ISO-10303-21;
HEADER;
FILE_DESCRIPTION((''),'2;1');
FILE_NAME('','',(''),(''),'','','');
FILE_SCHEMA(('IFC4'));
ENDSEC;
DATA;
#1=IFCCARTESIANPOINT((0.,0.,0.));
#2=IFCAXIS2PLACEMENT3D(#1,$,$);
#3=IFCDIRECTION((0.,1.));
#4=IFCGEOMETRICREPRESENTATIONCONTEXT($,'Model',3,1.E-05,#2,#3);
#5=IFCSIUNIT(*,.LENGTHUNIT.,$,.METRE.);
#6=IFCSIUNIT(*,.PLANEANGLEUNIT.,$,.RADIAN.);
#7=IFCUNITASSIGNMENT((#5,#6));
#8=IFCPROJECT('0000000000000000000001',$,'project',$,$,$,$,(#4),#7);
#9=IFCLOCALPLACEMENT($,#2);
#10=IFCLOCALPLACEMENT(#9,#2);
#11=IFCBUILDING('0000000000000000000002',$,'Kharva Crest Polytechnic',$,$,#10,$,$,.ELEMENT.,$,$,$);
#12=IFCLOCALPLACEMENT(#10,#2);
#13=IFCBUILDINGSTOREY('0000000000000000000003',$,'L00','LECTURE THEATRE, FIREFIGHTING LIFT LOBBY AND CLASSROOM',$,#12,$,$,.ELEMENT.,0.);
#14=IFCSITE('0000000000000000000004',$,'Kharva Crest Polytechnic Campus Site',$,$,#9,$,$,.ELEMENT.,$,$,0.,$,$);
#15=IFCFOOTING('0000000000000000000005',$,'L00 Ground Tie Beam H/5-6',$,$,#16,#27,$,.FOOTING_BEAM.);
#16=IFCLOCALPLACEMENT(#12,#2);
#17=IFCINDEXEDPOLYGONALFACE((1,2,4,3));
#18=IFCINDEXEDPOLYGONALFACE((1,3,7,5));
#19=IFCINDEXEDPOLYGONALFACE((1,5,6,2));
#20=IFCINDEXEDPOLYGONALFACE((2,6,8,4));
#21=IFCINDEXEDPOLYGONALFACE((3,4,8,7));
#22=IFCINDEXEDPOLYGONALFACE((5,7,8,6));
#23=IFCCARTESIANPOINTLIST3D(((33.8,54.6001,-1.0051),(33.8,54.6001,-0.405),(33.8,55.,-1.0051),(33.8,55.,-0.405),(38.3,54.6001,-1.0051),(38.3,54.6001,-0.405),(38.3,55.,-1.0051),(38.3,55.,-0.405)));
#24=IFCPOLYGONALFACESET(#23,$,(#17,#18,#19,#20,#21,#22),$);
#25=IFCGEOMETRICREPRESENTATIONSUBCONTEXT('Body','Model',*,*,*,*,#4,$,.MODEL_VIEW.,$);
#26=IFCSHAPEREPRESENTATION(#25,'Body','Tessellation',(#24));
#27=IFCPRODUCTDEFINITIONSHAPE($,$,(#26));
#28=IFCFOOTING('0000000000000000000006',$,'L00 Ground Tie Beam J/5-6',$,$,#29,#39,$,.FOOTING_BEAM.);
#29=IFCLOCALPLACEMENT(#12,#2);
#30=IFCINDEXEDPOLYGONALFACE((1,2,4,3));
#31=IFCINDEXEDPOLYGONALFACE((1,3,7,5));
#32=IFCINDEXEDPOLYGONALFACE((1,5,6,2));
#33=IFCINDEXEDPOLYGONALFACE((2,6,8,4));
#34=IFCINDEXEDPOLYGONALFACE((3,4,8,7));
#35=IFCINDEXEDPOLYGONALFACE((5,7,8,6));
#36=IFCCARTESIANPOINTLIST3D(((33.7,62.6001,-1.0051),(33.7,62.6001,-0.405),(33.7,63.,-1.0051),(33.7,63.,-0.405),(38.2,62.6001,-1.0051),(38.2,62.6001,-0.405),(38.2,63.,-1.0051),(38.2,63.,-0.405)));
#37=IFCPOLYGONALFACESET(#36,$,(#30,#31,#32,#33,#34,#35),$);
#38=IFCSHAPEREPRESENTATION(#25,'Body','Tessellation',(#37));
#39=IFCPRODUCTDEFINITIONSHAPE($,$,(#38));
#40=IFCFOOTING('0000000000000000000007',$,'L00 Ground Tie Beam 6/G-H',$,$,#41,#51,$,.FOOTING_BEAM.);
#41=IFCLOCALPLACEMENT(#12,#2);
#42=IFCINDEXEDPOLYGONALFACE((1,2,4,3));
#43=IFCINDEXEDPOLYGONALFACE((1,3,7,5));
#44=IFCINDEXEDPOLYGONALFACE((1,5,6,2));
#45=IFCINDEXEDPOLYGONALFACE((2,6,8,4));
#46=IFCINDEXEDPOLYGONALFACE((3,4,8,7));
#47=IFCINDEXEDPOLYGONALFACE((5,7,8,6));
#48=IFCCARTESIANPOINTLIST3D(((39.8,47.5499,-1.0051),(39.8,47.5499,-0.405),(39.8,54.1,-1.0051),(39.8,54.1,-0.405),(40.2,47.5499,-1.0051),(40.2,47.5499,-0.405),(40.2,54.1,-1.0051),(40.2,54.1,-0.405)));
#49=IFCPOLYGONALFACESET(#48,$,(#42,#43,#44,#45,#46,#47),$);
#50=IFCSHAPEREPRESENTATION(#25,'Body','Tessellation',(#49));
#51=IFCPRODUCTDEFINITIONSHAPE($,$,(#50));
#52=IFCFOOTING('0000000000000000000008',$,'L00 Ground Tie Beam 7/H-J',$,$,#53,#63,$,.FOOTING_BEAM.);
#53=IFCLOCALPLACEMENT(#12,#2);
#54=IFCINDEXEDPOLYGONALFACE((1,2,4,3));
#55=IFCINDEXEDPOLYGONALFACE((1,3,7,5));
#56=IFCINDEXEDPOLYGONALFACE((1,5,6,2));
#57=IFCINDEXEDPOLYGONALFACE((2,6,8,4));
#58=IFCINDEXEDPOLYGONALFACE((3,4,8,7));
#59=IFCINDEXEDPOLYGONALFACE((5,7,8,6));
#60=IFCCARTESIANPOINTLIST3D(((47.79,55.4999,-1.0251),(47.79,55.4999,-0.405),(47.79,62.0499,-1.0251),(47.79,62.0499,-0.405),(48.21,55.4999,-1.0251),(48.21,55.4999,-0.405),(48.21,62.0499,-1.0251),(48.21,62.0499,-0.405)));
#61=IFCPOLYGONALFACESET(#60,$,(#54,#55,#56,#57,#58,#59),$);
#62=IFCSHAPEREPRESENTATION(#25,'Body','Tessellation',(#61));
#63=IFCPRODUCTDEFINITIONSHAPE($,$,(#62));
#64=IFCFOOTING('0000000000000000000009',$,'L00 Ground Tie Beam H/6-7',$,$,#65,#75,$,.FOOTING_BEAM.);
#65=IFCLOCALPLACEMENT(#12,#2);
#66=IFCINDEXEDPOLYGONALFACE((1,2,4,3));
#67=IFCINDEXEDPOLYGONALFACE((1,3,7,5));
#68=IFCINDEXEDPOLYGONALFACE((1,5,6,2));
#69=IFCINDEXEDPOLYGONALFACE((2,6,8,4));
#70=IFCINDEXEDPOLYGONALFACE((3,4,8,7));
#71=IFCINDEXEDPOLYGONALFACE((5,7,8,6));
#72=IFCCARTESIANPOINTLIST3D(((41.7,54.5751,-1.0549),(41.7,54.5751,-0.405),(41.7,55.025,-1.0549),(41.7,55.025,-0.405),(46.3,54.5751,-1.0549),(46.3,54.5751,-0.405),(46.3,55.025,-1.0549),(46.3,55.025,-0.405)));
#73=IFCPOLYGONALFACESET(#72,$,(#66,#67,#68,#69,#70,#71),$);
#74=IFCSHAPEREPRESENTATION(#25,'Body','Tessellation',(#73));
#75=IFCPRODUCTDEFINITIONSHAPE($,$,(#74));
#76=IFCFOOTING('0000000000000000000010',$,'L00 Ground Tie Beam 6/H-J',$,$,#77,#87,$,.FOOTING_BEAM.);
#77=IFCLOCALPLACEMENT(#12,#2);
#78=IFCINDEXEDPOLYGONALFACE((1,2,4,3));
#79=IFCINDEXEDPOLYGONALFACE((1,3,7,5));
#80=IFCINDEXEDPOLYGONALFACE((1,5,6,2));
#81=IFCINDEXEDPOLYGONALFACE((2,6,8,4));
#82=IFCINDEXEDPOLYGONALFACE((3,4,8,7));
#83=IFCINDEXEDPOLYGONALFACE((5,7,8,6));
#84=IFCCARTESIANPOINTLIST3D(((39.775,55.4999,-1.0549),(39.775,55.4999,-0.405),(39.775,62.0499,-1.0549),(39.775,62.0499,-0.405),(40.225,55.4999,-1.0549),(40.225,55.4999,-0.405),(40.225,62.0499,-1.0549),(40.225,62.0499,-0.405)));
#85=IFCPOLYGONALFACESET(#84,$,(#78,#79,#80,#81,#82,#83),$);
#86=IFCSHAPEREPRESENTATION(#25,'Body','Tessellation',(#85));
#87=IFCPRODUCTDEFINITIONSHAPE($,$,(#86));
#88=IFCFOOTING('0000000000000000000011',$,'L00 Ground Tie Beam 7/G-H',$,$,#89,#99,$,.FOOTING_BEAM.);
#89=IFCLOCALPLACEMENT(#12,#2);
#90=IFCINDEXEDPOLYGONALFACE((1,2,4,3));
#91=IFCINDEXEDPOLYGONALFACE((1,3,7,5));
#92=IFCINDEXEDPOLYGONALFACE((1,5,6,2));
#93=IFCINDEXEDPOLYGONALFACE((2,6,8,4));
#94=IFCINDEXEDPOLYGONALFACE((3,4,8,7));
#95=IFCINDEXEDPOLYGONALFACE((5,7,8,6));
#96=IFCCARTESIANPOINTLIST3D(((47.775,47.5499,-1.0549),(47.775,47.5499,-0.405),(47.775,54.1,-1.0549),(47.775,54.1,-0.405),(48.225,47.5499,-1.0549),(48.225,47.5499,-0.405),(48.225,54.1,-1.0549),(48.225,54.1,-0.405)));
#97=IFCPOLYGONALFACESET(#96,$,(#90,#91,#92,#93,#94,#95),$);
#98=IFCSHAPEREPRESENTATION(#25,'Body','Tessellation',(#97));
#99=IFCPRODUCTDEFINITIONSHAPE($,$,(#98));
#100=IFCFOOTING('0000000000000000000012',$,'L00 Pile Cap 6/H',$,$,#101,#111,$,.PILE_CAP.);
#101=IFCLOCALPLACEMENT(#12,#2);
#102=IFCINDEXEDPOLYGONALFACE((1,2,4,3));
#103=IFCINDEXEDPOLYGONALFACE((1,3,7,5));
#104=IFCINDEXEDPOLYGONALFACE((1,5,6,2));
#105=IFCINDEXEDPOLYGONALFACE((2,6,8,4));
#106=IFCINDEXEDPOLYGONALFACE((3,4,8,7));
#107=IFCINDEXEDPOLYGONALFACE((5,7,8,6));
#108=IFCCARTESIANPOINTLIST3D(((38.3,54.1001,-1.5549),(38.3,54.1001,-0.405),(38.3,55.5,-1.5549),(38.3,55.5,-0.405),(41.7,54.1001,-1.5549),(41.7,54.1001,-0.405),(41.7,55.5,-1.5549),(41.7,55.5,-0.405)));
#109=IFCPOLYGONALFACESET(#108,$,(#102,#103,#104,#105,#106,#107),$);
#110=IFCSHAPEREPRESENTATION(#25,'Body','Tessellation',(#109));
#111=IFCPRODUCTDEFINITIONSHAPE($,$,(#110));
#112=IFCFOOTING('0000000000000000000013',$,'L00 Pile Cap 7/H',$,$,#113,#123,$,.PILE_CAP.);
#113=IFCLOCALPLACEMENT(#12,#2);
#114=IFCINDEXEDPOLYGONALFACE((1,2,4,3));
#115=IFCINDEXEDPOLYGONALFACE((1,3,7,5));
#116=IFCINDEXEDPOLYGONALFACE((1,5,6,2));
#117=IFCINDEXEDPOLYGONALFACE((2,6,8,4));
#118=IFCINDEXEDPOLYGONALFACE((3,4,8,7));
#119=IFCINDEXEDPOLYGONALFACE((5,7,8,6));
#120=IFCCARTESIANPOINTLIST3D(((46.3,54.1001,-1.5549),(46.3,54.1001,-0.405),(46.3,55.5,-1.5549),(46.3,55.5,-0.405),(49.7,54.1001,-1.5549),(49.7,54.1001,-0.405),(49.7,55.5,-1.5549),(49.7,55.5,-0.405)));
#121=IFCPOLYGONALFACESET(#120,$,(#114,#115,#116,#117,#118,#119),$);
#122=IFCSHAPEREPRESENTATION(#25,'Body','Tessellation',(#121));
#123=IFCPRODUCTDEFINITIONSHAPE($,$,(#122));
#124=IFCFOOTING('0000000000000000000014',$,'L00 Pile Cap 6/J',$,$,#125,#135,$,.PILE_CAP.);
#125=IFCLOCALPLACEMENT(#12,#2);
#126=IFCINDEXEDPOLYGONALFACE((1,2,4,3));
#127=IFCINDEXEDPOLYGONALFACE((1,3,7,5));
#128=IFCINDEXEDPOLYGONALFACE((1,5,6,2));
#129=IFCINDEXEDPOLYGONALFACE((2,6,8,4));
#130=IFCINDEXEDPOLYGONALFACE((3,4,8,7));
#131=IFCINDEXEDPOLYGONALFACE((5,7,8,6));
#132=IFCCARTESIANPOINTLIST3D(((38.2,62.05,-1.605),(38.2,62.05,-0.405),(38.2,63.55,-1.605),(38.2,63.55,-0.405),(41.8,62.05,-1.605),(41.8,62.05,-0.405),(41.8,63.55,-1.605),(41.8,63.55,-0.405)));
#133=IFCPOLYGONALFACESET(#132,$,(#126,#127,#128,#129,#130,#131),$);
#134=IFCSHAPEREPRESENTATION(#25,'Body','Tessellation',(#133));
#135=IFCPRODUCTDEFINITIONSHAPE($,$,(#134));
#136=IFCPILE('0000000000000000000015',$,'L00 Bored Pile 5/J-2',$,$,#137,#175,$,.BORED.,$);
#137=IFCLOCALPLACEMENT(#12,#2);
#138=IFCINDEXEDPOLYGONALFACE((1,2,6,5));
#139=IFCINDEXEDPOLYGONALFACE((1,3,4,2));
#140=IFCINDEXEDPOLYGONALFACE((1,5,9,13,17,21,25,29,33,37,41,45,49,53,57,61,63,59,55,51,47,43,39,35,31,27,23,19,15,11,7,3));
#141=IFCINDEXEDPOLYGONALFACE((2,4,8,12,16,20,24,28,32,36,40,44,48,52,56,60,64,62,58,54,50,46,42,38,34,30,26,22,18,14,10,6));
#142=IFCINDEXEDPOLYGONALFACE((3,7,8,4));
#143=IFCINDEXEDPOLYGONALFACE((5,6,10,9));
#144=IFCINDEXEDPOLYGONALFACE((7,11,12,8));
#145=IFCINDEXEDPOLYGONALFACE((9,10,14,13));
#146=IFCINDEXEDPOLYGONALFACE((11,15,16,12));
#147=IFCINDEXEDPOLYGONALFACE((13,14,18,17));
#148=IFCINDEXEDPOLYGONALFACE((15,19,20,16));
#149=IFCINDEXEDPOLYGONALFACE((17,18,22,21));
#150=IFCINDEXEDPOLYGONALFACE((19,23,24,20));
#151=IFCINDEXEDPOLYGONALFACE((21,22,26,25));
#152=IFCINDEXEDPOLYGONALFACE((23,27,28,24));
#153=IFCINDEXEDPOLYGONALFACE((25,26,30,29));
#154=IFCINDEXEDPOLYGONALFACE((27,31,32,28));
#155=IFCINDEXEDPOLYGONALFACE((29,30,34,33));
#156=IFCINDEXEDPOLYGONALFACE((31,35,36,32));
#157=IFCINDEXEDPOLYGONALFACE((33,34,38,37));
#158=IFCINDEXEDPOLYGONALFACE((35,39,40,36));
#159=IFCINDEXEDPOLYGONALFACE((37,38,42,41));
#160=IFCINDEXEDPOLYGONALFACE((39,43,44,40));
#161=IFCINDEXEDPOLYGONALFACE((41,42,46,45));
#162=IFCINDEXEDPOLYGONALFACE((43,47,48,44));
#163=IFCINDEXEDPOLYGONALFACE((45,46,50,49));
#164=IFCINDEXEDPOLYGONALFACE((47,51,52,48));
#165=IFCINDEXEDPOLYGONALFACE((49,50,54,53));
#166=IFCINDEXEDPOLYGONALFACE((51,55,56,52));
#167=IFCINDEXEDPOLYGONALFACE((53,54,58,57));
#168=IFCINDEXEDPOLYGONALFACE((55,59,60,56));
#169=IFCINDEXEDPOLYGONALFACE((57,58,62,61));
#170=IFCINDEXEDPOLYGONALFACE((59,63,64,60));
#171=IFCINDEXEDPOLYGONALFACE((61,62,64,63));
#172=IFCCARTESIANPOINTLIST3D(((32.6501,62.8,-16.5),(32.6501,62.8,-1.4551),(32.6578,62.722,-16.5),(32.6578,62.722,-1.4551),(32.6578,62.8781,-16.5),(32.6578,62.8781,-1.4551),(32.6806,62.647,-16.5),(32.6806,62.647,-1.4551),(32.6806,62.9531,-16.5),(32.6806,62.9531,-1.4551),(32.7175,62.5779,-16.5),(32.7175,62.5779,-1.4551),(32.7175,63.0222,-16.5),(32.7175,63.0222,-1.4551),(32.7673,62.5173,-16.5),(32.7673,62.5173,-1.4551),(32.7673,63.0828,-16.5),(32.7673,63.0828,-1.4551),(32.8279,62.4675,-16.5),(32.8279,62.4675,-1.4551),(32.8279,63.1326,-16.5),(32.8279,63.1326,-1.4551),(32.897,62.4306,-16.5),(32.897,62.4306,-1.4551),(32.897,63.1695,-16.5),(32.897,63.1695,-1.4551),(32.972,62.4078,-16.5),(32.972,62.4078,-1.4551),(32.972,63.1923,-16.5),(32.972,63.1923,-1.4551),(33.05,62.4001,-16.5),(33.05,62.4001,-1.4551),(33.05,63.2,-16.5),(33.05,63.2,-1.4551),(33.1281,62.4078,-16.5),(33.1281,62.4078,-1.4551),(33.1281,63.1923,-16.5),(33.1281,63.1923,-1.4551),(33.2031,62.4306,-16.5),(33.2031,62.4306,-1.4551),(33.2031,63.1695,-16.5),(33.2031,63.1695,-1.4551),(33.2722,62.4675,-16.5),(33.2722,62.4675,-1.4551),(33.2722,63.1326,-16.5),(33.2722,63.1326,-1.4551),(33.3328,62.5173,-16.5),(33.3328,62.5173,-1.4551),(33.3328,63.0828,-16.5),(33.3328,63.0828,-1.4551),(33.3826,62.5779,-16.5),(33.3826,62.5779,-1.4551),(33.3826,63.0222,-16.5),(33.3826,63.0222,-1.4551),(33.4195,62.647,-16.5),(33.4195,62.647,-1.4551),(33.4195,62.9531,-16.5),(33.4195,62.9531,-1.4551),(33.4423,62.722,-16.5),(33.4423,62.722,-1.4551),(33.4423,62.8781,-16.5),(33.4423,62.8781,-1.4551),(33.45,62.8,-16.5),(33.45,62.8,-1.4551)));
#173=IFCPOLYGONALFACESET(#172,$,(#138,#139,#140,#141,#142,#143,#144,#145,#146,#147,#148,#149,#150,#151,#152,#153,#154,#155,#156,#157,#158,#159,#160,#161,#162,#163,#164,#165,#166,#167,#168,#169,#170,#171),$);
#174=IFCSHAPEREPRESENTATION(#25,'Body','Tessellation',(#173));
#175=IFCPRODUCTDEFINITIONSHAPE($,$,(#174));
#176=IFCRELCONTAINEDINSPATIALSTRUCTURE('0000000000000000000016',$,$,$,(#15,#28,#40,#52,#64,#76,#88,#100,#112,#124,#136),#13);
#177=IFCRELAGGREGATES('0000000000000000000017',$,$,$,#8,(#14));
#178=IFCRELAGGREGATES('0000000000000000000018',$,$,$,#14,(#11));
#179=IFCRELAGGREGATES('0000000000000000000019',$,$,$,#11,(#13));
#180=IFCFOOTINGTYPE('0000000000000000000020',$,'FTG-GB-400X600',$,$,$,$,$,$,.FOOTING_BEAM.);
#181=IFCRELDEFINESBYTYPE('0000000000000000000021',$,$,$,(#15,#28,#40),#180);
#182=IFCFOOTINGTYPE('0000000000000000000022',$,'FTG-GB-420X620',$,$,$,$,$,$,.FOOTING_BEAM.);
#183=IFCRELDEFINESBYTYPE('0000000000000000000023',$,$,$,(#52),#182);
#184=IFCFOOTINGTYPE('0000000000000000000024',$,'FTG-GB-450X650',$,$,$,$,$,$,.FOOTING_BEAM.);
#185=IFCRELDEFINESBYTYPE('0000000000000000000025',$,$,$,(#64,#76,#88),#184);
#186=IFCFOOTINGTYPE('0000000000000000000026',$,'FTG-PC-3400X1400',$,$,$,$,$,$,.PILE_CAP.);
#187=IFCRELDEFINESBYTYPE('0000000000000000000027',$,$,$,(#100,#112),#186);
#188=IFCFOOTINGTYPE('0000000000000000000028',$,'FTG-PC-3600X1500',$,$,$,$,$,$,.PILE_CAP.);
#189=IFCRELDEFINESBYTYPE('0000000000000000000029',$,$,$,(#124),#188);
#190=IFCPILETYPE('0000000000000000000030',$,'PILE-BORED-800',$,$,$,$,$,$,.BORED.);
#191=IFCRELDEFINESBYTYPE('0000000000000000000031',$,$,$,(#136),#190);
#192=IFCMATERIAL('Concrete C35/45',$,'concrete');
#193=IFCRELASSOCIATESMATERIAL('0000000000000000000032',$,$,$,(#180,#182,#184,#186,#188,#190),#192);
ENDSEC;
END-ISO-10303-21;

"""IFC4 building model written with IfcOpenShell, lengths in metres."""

from ifc_helpers import new_model, si_unit, direction, frame, origin, origin_2d, place, context, subcontext, project, spatial, rectangle, circle, extrude, material, material_profile, profile_set, type_object, element, save


model = new_model("IFC4")

# Units and contexts
model_context = context("Model", 3, precision=1e-05, world=origin(), true_north=direction((0.0, 1.0)))
body_context = subcontext(model_context, "Body", "Model", "MODEL_VIEW")
ifc_project = project(units=[si_unit("LENGTHUNIT", "METRE"), si_unit("PLANEANGLEUNIT", "RADIAN")], contexts=[model_context])

# Site, building, storey
site_placement = place(None, origin())
site = spatial("IfcSite", under=ifc_project, at=site_placement, Name="Kharva Crest Polytechnic Campus Site", CompositionType="ELEMENT", RefElevation=0.0)
building_placement = place(site_placement, origin())
building = spatial("IfcBuilding", under=site, at=building_placement, Name="Kharva Crest Polytechnic", CompositionType="ELEMENT")
storey_placement = place(building_placement, origin())
storey = spatial("IfcBuildingStorey", under=building, at=storey_placement, Name="L00", Description="LECTURE THEATRE, FIREFIGHTING LIFT LOBBY AND CLASSROOM", CompositionType="ELEMENT", Elevation=0.0)

# Footings
ifc_material_1 = material(Name="Concrete C35/45", Category="concrete")
footing_type_1 = type_object("IfcFootingType", Name="FTG-GB-400X600", PredefinedType="FOOTING_BEAM", material=ifc_material_1)
for number, where, z_axis, x_axis, name in (
    (1, (36.05, 54.8, -1.0051), (0.0, 0.0, 1.0), (1.0, 0.0, 0.0), "L00 Ground Tie Beam H/5-6"),
    (2, (35.95, 62.8, -1.0051), (0.0, 0.0, 1.0), (1.0, 0.0, 0.0), "L00 Ground Tie Beam J/5-6"),
):
    element("IfcFooting", number, at=place(storey_placement, frame(where, z_axis=z_axis, x_axis=x_axis)), inside=storey, type_object=footing_type_1, Name=name, PredefinedType="FOOTING_BEAM", context=body_context, shape_type="SweptSolid", body=[
        extrude(rectangle(XDim=4.5, YDim=0.3999, at=origin_2d()), origin(), (0.0, 0.0, 1.0), 0.6001),
    ])
footing_1_placement = place(storey_placement, frame((40.0, 50.825, -1.0051), z_axis=(0.0, 0.0, 1.0), x_axis=(0.0, 1.0, 0.0)))
element("IfcFooting", 3, at=footing_1_placement, inside=storey, type_object=footing_type_1, Name="L00 Ground Tie Beam 6/G-H", PredefinedType="FOOTING_BEAM", context=body_context, shape_type="SweptSolid", body=[
    extrude(rectangle(XDim=6.55, YDim=0.3999, at=origin_2d()), origin(), (0.0, 0.0, 1.0), 0.6001),
])
footing_type_2 = type_object("IfcFootingType", Name="FTG-GB-420X620", PredefinedType="FOOTING_BEAM", material=ifc_material_1)
footing_2_placement = place(storey_placement, frame((48.0, 58.7749, -1.0251), z_axis=(0.0, 0.0, 1.0), x_axis=(0.0, 1.0, 0.0)))
element("IfcFooting", 4, at=footing_2_placement, inside=storey, type_object=footing_type_2, Name="L00 Ground Tie Beam 7/H-J", PredefinedType="FOOTING_BEAM", context=body_context, shape_type="SweptSolid", body=[
    extrude(rectangle(XDim=6.55, YDim=0.4199, at=origin_2d()), origin(), (0.0, 0.0, 1.0), 0.6201),
])
footing_type_3 = type_object("IfcFootingType", Name="FTG-GB-450X650", PredefinedType="FOOTING_BEAM", material=ifc_material_1)
footing_3_placement = place(storey_placement, frame((44.0, 54.8, -1.0549), z_axis=(0.0, 0.0, 1.0), x_axis=(1.0, 0.0, 0.0)))
element("IfcFooting", 5, at=footing_3_placement, inside=storey, type_object=footing_type_3, Name="L00 Ground Tie Beam H/6-7", PredefinedType="FOOTING_BEAM", context=body_context, shape_type="SweptSolid", body=[
    extrude(rectangle(XDim=4.6001, YDim=0.45, at=origin_2d()), origin(), (0.0, 0.0, 1.0), 0.6499),
])
for number, where, z_axis, x_axis, name in (
    (6, (40.0, 58.7749, -1.0549), (0.0, 0.0, 1.0), (0.0, 1.0, 0.0), "L00 Ground Tie Beam 6/H-J"),
    (7, (48.0, 50.825, -1.0549), (0.0, 0.0, 1.0), (0.0, 1.0, 0.0), "L00 Ground Tie Beam 7/G-H"),
):
    element("IfcFooting", number, at=place(storey_placement, frame(where, z_axis=z_axis, x_axis=x_axis)), inside=storey, type_object=footing_type_3, Name=name, PredefinedType="FOOTING_BEAM", context=body_context, shape_type="SweptSolid", body=[
        extrude(rectangle(XDim=6.55, YDim=0.45, at=origin_2d()), origin(), (0.0, 0.0, 1.0), 0.6499),
    ])
footing_type_4 = type_object("IfcFootingType", Name="FTG-PC-3400X1400", PredefinedType="PILE_CAP", material=ifc_material_1)
for number, where, z_axis, x_axis, name in (
    (8, (40.0, 54.8, -1.5549), (0.0, 0.0, 1.0), (1.0, 0.0, 0.0), "L00 Pile Cap 6/H"),
    (9, (48.0, 54.8, -1.5549), (0.0, 0.0, 1.0), (1.0, 0.0, 0.0), "L00 Pile Cap 7/H"),
):
    element("IfcFooting", number, at=place(storey_placement, frame(where, z_axis=z_axis, x_axis=x_axis)), inside=storey, type_object=footing_type_4, Name=name, PredefinedType="PILE_CAP", context=body_context, shape_type="SweptSolid", body=[
        extrude(rectangle(XDim=3.3999, YDim=1.3999, at=origin_2d()), origin(), (0.0, 0.0, 1.0), 1.1499),
    ])
footing_type_5 = type_object("IfcFootingType", Name="FTG-PC-3600X1500", PredefinedType="PILE_CAP", material=ifc_material_1)
footing_4_placement = place(storey_placement, frame((40.0, 62.8, -1.605), z_axis=(0.0, 0.0, 1.0), x_axis=(1.0, 0.0, 0.0)))
element("IfcFooting", 10, at=footing_4_placement, inside=storey, type_object=footing_type_5, Name="L00 Pile Cap 6/J", PredefinedType="PILE_CAP", context=body_context, shape_type="SweptSolid", body=[
    extrude(rectangle(XDim=3.6001, YDim=1.5, at=origin_2d()), origin(), (0.0, 0.0, 1.0), 1.2),
])

# Pile
ifc_material_profile_1 = material_profile(ifc_material_1, circle(Radius=0.3999, at=origin_2d()), Name="DIA 800")
ifc_profile_set_1 = profile_set([ifc_material_profile_1], Name="Concrete C35/45")
pile_type_1 = type_object("IfcPileType", Name="PILE-BORED-800", PredefinedType="BORED", material=ifc_profile_set_1)
for number, where, z_axis, x_axis, name in (
    (11, (33.05, 62.8, -1.4551), (0.0, 0.0, -1.0), (1.0, 0.0, 0.0), "L00 Bored Pile 5/J-2"),
):
    element("IfcPile", number, at=place(storey_placement, frame(where, z_axis=z_axis, x_axis=x_axis)), inside=storey, type_object=pile_type_1, Name=name, PredefinedType="BORED", context=body_context, shape_type="SweptSolid", body=[
        extrude(circle(Radius=0.3999, at=origin_2d()), origin(), (0.0, 0.0, 1.0), 15.0449),
    ])

save(model, "model.ifc")
